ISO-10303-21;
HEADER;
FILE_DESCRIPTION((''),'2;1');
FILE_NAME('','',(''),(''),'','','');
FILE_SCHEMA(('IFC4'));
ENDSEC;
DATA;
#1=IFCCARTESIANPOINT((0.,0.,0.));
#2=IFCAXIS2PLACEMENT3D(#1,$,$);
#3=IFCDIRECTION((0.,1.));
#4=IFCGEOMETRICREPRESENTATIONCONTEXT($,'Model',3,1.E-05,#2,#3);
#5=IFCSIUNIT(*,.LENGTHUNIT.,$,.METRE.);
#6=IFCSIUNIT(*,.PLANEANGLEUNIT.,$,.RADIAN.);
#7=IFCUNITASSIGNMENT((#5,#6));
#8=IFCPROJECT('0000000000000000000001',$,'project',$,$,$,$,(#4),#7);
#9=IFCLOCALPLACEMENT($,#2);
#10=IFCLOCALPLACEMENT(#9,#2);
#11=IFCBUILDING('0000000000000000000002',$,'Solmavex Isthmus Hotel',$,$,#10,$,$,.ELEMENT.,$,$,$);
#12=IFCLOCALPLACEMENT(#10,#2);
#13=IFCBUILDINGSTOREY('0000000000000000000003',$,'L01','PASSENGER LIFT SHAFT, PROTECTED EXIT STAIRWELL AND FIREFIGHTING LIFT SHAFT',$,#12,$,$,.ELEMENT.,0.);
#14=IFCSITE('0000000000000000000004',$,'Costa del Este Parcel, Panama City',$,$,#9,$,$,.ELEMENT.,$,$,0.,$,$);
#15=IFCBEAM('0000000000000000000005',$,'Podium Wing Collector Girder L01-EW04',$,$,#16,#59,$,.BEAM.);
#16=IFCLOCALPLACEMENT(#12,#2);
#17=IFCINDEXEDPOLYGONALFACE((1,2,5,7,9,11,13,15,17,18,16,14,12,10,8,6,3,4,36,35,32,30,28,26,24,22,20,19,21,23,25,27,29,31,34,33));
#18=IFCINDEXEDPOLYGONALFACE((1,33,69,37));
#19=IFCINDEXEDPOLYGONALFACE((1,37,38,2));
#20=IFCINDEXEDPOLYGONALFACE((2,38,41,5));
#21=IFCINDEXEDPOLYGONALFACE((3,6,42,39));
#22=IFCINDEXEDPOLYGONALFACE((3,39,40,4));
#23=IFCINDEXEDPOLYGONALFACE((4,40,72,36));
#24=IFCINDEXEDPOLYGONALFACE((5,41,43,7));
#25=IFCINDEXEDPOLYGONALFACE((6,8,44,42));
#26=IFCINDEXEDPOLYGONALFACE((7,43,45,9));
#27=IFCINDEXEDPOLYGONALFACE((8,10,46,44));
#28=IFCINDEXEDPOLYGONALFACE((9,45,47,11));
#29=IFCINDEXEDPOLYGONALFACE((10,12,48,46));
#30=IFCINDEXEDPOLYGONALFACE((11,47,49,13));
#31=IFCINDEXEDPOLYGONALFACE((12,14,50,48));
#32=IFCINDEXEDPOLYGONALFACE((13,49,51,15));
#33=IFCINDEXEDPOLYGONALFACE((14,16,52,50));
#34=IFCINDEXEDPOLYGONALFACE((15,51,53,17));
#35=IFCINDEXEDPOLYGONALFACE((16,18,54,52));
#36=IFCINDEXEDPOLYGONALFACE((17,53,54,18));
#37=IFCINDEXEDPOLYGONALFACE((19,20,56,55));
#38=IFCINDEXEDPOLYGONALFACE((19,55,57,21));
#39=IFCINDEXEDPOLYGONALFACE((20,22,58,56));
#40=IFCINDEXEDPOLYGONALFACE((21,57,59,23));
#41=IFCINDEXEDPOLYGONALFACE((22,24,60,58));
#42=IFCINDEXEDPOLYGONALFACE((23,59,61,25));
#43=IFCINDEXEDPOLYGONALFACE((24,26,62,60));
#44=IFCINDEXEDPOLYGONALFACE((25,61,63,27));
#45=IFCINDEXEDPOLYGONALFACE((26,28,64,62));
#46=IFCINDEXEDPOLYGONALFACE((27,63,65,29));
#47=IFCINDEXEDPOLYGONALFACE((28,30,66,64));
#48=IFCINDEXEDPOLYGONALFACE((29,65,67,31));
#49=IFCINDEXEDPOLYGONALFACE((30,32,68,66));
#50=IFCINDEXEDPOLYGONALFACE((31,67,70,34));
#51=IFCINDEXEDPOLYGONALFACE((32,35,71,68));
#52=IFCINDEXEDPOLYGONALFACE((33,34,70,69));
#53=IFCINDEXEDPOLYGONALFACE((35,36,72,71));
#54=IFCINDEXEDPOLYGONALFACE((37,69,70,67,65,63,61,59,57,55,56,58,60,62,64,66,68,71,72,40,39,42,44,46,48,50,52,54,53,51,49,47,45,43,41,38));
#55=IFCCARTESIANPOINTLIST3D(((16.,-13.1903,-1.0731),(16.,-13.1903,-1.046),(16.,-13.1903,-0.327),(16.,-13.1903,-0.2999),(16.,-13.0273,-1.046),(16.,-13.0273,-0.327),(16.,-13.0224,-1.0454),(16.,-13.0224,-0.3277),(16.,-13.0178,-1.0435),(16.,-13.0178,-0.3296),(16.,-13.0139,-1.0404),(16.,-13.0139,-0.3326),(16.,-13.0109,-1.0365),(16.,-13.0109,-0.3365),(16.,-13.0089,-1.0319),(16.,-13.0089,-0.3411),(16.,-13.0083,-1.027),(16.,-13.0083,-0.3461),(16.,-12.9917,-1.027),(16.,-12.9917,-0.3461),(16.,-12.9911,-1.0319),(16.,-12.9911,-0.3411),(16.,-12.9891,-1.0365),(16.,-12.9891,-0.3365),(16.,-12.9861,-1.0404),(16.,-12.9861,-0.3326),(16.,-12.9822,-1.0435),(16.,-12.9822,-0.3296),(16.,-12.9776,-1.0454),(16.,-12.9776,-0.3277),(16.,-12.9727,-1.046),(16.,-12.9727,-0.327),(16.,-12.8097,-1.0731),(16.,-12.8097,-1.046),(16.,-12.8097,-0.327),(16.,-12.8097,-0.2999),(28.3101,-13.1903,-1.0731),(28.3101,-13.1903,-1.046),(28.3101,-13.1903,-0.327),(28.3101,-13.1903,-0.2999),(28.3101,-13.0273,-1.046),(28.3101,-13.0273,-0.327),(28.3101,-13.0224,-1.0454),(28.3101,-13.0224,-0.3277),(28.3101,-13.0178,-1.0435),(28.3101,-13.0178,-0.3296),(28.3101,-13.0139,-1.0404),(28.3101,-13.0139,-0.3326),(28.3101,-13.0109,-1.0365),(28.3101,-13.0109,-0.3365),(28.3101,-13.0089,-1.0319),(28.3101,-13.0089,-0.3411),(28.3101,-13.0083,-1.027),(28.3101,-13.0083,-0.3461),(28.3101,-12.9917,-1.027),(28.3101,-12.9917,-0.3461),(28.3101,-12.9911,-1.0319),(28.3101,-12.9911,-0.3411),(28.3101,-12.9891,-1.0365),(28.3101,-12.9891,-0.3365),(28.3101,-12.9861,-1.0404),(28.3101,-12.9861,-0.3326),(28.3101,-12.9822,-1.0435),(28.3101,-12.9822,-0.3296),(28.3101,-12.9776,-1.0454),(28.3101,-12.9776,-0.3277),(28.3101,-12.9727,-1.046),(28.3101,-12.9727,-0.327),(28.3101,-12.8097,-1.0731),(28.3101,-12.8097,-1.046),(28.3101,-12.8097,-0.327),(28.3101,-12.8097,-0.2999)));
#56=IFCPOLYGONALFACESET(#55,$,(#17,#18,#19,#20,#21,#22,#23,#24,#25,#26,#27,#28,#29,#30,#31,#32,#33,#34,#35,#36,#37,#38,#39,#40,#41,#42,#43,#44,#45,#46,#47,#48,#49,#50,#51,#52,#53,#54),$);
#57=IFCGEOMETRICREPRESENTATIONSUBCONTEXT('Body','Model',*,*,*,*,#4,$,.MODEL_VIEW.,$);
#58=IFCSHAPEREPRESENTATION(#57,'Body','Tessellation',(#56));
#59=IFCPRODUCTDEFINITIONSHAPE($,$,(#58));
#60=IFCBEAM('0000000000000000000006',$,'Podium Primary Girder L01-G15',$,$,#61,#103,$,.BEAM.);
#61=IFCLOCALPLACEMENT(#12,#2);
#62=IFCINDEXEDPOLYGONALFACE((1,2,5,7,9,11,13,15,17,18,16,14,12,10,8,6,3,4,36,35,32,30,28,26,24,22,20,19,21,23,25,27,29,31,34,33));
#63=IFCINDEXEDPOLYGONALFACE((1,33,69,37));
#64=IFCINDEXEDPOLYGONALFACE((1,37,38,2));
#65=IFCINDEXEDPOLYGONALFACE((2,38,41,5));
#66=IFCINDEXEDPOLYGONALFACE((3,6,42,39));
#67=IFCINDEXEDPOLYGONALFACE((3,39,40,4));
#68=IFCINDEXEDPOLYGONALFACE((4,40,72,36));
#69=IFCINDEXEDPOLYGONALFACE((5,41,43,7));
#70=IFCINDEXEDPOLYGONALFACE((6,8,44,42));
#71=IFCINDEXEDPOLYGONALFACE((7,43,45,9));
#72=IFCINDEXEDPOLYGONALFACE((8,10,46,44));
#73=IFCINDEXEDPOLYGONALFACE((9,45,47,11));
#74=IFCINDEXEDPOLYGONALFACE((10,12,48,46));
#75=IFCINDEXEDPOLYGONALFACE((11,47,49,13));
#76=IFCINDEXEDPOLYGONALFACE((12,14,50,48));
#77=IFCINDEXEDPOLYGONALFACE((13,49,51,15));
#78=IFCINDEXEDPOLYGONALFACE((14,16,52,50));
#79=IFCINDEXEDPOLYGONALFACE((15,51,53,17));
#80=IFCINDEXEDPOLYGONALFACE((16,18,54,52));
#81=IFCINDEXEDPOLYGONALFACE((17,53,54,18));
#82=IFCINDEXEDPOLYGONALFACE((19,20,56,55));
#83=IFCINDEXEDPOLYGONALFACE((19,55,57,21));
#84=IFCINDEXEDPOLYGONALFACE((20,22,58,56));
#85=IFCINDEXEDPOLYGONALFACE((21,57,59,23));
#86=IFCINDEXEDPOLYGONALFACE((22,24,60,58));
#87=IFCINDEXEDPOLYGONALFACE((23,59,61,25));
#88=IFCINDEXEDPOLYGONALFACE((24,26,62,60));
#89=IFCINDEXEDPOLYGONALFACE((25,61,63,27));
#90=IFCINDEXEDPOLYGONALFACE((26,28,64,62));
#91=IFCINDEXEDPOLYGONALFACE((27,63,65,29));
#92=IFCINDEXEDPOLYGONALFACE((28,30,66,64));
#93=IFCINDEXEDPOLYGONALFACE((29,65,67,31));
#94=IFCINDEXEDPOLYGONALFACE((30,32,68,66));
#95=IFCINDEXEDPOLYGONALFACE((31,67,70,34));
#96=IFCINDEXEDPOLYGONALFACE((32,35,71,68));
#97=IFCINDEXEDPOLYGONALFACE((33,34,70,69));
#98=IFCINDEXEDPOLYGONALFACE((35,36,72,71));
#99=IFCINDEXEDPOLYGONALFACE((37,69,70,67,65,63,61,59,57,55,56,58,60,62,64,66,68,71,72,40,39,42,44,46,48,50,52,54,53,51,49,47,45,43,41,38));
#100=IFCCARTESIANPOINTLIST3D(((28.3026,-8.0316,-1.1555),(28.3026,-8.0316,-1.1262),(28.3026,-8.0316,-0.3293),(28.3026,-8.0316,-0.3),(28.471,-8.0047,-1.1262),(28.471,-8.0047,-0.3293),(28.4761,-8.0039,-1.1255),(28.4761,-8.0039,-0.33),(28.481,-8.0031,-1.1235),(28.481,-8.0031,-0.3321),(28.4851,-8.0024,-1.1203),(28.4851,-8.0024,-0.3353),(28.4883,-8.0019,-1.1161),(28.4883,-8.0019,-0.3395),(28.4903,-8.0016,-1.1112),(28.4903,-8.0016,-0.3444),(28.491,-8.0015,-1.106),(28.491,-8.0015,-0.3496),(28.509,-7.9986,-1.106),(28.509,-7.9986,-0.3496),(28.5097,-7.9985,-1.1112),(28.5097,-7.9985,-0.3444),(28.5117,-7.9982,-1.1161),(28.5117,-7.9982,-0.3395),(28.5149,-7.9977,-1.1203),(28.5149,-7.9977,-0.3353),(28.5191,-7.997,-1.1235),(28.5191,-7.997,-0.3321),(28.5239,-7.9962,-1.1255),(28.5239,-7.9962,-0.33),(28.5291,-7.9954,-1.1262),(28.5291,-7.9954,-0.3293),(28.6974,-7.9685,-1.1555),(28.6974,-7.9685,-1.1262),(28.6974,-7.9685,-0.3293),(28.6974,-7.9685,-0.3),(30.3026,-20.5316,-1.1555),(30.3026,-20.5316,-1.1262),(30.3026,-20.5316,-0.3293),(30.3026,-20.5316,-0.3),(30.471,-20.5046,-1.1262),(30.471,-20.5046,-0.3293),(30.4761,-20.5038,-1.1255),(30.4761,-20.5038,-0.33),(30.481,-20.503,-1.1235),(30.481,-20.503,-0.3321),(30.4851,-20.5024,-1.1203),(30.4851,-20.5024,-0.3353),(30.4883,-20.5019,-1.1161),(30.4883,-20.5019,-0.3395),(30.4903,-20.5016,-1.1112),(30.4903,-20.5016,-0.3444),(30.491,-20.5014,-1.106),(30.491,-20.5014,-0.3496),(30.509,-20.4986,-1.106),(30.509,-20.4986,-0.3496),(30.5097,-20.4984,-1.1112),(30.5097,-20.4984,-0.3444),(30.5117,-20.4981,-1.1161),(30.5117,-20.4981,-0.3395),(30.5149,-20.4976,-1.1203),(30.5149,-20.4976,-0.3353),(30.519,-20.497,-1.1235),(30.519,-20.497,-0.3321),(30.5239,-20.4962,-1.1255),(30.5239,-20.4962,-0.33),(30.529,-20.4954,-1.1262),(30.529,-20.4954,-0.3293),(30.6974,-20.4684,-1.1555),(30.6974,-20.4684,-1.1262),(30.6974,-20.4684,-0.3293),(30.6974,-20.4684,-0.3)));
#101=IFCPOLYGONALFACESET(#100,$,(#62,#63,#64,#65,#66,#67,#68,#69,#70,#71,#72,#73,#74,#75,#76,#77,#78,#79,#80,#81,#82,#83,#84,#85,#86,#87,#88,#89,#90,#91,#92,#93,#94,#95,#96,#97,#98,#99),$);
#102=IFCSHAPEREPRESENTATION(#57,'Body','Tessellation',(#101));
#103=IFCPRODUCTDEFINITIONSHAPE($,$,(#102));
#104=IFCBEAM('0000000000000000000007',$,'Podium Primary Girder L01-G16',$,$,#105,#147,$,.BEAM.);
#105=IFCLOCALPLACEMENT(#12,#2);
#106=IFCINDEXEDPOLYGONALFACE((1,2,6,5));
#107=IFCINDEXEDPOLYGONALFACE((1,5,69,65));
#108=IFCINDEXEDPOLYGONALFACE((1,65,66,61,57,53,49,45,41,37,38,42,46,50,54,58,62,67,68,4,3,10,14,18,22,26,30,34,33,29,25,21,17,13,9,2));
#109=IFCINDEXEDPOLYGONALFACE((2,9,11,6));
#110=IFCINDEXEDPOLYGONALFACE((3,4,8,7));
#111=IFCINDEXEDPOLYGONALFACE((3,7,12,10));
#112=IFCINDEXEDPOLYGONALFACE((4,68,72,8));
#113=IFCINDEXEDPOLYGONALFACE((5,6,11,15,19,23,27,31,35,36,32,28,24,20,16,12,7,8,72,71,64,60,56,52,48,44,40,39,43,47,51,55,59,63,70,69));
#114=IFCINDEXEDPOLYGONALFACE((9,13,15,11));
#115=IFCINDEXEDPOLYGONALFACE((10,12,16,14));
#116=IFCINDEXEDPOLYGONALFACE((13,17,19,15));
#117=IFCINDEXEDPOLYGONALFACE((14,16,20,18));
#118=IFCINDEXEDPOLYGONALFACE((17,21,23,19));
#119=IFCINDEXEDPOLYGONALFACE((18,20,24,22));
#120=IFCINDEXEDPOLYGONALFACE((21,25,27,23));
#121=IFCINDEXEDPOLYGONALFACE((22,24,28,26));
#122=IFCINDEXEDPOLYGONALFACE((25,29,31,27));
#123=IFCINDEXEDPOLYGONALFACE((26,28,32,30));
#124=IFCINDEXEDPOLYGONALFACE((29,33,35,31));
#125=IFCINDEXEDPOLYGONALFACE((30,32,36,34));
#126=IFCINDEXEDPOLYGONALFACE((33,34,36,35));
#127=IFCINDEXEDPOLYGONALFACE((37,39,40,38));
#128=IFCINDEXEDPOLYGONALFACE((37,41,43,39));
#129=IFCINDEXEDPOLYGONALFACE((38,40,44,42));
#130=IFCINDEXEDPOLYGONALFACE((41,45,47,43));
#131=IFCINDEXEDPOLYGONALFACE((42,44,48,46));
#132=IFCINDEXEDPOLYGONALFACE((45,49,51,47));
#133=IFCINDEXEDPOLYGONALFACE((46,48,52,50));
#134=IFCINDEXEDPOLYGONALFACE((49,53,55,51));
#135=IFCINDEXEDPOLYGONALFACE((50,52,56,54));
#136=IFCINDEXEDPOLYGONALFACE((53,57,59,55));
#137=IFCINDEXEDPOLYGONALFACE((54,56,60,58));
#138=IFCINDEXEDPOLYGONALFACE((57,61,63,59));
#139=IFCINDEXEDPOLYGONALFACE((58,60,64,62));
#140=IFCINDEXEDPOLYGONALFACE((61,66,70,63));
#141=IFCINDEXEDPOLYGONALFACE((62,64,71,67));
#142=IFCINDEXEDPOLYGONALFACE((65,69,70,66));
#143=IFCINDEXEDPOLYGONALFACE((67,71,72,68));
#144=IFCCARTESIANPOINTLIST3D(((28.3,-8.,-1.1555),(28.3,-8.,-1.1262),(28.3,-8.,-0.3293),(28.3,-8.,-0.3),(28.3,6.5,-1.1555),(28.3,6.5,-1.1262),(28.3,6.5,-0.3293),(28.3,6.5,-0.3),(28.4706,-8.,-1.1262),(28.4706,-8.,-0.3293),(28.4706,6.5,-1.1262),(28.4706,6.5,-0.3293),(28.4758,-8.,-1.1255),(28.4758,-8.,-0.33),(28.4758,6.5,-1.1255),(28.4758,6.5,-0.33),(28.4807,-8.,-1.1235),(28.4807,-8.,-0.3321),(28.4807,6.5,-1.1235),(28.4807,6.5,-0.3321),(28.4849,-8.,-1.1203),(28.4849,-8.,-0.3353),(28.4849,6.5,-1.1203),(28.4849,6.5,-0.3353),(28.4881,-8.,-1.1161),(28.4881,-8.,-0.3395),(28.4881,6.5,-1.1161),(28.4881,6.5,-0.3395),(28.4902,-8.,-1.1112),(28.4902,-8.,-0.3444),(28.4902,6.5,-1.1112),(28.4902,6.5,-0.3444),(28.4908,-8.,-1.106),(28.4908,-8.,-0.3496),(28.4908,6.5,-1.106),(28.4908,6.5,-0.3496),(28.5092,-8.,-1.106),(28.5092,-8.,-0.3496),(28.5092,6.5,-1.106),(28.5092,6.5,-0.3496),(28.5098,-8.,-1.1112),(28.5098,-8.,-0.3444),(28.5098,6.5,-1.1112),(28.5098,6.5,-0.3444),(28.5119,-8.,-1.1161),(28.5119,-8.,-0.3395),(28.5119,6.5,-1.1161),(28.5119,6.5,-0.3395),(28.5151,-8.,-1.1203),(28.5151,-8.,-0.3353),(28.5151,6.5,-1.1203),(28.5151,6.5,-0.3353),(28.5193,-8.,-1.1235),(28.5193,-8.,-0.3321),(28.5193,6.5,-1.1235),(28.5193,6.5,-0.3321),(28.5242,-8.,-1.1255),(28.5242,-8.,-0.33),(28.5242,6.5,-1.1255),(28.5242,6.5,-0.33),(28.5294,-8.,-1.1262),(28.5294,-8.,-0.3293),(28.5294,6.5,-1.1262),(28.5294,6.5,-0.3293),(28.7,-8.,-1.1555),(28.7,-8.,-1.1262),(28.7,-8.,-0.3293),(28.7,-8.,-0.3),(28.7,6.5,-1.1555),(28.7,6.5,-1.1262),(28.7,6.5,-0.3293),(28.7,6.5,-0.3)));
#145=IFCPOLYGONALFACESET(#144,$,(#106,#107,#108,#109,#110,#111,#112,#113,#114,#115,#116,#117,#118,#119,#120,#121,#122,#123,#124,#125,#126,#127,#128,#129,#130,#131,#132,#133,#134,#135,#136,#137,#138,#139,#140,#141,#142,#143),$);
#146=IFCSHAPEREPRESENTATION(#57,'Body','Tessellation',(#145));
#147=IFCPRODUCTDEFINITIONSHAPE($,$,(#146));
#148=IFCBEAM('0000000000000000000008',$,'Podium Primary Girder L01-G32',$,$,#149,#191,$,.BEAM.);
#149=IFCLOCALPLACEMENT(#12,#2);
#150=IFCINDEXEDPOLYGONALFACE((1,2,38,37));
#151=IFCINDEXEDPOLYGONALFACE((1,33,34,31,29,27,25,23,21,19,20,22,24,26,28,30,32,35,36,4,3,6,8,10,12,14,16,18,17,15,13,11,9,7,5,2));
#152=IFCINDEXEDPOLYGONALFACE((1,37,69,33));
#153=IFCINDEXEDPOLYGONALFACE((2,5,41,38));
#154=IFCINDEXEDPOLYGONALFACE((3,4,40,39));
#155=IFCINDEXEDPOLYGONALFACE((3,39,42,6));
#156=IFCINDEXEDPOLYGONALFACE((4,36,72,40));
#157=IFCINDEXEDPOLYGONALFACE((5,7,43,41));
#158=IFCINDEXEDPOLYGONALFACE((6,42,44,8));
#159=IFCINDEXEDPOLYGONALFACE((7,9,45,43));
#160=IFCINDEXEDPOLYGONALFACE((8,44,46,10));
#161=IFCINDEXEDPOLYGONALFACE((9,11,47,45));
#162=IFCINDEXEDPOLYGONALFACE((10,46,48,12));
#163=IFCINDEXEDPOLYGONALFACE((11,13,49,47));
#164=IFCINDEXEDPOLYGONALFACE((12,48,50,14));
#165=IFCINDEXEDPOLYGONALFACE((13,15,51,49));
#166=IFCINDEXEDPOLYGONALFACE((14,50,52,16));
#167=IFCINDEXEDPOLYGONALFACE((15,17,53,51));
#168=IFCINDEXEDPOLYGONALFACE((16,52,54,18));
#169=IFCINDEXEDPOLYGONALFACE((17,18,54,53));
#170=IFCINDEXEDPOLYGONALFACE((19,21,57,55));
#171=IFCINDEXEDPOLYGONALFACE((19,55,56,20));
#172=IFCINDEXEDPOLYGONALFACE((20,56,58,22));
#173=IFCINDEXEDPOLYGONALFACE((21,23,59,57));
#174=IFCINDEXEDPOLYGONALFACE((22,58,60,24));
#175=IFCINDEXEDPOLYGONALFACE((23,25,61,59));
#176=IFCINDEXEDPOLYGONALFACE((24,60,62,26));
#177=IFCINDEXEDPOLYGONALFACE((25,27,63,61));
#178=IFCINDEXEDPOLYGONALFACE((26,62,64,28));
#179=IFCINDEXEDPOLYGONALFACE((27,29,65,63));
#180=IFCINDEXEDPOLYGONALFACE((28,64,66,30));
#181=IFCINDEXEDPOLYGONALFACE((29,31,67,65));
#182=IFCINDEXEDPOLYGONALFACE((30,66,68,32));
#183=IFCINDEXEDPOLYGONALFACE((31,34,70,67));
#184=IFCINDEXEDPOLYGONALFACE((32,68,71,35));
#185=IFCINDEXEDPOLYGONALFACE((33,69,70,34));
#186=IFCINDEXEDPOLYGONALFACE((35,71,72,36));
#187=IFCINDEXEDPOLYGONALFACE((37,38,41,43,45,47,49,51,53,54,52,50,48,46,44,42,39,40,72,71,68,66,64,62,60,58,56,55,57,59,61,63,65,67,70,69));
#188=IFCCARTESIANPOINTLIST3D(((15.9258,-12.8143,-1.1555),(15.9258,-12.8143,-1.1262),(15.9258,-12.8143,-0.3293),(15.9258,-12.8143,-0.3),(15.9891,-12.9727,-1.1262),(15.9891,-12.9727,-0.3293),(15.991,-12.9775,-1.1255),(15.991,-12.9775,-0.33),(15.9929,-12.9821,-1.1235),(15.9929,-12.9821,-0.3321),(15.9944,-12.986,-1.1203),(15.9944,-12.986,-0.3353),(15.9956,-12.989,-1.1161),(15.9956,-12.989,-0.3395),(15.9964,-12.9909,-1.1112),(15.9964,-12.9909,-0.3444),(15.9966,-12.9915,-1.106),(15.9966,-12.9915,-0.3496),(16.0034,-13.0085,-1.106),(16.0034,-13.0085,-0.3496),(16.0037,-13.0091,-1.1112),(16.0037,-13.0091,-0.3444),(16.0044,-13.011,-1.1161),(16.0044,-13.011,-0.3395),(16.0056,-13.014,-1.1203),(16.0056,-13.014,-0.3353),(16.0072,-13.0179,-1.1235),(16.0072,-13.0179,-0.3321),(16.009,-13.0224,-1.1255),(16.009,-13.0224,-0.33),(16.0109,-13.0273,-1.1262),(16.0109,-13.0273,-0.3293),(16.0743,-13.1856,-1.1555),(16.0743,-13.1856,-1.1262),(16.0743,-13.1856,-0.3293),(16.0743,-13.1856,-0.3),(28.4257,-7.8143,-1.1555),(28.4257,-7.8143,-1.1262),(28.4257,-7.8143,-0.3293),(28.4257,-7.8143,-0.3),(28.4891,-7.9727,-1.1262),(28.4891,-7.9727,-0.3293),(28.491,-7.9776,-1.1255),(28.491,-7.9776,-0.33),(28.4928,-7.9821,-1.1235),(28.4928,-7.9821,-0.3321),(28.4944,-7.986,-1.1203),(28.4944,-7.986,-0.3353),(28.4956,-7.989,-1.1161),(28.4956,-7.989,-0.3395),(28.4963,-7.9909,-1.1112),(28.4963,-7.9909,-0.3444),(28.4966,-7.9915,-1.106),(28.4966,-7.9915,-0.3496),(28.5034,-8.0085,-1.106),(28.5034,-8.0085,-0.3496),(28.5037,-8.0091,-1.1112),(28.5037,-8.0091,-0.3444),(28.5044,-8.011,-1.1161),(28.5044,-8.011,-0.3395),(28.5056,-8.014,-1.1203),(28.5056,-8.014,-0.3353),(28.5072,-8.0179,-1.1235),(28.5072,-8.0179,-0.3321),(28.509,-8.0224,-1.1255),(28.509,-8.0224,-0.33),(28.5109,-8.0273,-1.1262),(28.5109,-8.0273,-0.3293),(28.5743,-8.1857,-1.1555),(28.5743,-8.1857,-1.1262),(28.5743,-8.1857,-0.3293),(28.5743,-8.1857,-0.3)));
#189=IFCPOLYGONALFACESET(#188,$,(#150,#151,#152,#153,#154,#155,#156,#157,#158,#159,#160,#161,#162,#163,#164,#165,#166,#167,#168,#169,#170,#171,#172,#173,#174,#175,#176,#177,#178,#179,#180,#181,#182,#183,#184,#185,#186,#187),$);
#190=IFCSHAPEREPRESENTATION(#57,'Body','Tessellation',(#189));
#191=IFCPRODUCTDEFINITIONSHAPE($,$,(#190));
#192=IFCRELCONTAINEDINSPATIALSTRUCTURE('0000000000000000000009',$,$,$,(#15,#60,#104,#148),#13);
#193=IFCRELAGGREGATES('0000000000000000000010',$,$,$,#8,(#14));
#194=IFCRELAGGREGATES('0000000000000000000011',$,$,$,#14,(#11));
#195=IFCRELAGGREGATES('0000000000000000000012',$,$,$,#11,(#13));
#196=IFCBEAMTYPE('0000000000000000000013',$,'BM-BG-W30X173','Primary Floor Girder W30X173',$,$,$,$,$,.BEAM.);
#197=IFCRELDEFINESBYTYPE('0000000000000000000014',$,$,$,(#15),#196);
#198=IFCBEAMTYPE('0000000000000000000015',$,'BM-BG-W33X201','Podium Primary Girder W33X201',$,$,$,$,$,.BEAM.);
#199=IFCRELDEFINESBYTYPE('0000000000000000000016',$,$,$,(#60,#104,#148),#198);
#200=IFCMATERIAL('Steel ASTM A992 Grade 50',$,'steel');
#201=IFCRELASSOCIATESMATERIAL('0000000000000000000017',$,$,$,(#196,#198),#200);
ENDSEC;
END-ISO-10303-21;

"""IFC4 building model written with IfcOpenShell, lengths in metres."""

from ifc_helpers import new_model, si_unit, direction, frame, origin, origin_2d, place, context, subcontext, project, spatial, i_section, extrude, material, material_profile, profile_set, type_object, element, save


model = new_model("IFC4")

# Units and contexts
model_context = context("Model", 3, precision=1e-05, world=origin(), true_north=direction((0.0, 1.0)))
body_context = subcontext(model_context, "Body", "Model", "MODEL_VIEW")
ifc_project = project(units=[si_unit("LENGTHUNIT", "METRE"), si_unit("PLANEANGLEUNIT", "RADIAN")], contexts=[model_context])

# Site, building, storey
site_placement = place(None, origin())
site = spatial("IfcSite", under=ifc_project, at=site_placement, Name="Costa del Este Parcel, Panama City", CompositionType="ELEMENT", RefElevation=0.0)
building_placement = place(site_placement, origin())
building = spatial("IfcBuilding", under=site, at=building_placement, Name="Solmavex Isthmus Hotel", CompositionType="ELEMENT")
storey_placement = place(building_placement, origin())
storey = spatial("IfcBuildingStorey", under=building, at=storey_placement, Name="L01", Description="PASSENGER LIFT SHAFT, PROTECTED EXIT STAIRWELL AND FIREFIGHTING LIFT SHAFT", CompositionType="ELEMENT", Elevation=0.0)

# Beams
ifc_material_1 = material(Name="Steel ASTM A992 Grade 50", Category="steel")
ifc_material_profile_1 = material_profile(ifc_material_1, i_section(OverallWidth=0.3806, OverallDepth=0.7732, WebThickness=0.0166, FlangeThickness=0.0271, FilletRadius=0.019, at=origin_2d()), Name="W30X173")
ifc_profile_set_1 = profile_set([ifc_material_profile_1], Name="Steel ASTM A992 Grade 50")
beam_type_1 = type_object("IfcBeamType", Name="BM-BG-W30X173", Description="Primary Floor Girder W30X173", PredefinedType="BEAM", material=ifc_profile_set_1)
beam_1_placement = place(storey_placement, frame((16.0, -13.0, -0.6865), z_axis=(1.0, 0.0, 0.0), x_axis=(0.0, 1.0, 0.0)))
element("IfcBeam", 1, at=beam_1_placement, inside=storey, type_object=beam_type_1, Name="Podium Wing Collector Girder L01-EW04", PredefinedType="BEAM", context=body_context, shape_type="SweptSolid", body=[
    extrude(i_section(OverallWidth=0.3806, OverallDepth=0.7732, WebThickness=0.0166, FlangeThickness=0.0271, FilletRadius=0.019, at=origin_2d()), origin(), (0.0, 0.0, 1.0), 12.3101),
])
ifc_material_profile_2 = material_profile(ifc_material_1, i_section(OverallWidth=0.3999, OverallDepth=0.8555, WebThickness=0.0183, FlangeThickness=0.0293, FilletRadius=0.0203, at=origin_2d()), Name="W33X201")
ifc_profile_set_2 = profile_set([ifc_material_profile_2], Name="Steel ASTM A992 Grade 50")
beam_type_2 = type_object("IfcBeamType", Name="BM-BG-W33X201", Description="Podium Primary Girder W33X201", PredefinedType="BEAM", material=ifc_profile_set_2)
beam_2_placement = place(storey_placement, frame((30.5, -20.5, -0.7278), z_axis=(-0.157991, 0.987441, 0.0), x_axis=(-0.987441, -0.157991, 0.0)))
element("IfcBeam", 2, at=beam_2_placement, inside=storey, type_object=beam_type_2, Name="Podium Primary Girder L01-G15", PredefinedType="BEAM", context=body_context, shape_type="SweptSolid", body=[
    extrude(i_section(OverallWidth=0.3999, OverallDepth=0.8555, WebThickness=0.0183, FlangeThickness=0.0293, FilletRadius=0.0203, at=origin_2d()), origin(), (0.0, 0.0, 1.0), 12.6589),
])
beam_3_placement = place(storey_placement, frame((28.5, -8.0, -0.7278), z_axis=(0.0, 1.0, 0.0), x_axis=(-1.0, 0.0, 0.0)))
element("IfcBeam", 3, at=beam_3_placement, inside=storey, type_object=beam_type_2, Name="Podium Primary Girder L01-G16", PredefinedType="BEAM", context=body_context, shape_type="SweptSolid", body=[
    extrude(i_section(OverallWidth=0.3999, OverallDepth=0.8555, WebThickness=0.0183, FlangeThickness=0.0293, FilletRadius=0.0203, at=origin_2d()), origin(), (0.0, 0.0, 1.0), 14.5),
])
beam_4_placement = place(storey_placement, frame((28.5, -8.0, -0.7278), z_axis=(-0.928477, -0.371391, 0.0), x_axis=(0.371391, -0.928477, 0.0)))
element("IfcBeam", 4, at=beam_4_placement, inside=storey, type_object=beam_type_2, Name="Podium Primary Girder L01-G32", PredefinedType="BEAM", context=body_context, shape_type="SweptSolid", body=[
    extrude(i_section(OverallWidth=0.3999, OverallDepth=0.8555, WebThickness=0.0183, FlangeThickness=0.0293, FilletRadius=0.0203, at=origin_2d()), origin(), (0.0, 0.0, 1.0), 13.4629),
])

save(model, "model.ifc")
